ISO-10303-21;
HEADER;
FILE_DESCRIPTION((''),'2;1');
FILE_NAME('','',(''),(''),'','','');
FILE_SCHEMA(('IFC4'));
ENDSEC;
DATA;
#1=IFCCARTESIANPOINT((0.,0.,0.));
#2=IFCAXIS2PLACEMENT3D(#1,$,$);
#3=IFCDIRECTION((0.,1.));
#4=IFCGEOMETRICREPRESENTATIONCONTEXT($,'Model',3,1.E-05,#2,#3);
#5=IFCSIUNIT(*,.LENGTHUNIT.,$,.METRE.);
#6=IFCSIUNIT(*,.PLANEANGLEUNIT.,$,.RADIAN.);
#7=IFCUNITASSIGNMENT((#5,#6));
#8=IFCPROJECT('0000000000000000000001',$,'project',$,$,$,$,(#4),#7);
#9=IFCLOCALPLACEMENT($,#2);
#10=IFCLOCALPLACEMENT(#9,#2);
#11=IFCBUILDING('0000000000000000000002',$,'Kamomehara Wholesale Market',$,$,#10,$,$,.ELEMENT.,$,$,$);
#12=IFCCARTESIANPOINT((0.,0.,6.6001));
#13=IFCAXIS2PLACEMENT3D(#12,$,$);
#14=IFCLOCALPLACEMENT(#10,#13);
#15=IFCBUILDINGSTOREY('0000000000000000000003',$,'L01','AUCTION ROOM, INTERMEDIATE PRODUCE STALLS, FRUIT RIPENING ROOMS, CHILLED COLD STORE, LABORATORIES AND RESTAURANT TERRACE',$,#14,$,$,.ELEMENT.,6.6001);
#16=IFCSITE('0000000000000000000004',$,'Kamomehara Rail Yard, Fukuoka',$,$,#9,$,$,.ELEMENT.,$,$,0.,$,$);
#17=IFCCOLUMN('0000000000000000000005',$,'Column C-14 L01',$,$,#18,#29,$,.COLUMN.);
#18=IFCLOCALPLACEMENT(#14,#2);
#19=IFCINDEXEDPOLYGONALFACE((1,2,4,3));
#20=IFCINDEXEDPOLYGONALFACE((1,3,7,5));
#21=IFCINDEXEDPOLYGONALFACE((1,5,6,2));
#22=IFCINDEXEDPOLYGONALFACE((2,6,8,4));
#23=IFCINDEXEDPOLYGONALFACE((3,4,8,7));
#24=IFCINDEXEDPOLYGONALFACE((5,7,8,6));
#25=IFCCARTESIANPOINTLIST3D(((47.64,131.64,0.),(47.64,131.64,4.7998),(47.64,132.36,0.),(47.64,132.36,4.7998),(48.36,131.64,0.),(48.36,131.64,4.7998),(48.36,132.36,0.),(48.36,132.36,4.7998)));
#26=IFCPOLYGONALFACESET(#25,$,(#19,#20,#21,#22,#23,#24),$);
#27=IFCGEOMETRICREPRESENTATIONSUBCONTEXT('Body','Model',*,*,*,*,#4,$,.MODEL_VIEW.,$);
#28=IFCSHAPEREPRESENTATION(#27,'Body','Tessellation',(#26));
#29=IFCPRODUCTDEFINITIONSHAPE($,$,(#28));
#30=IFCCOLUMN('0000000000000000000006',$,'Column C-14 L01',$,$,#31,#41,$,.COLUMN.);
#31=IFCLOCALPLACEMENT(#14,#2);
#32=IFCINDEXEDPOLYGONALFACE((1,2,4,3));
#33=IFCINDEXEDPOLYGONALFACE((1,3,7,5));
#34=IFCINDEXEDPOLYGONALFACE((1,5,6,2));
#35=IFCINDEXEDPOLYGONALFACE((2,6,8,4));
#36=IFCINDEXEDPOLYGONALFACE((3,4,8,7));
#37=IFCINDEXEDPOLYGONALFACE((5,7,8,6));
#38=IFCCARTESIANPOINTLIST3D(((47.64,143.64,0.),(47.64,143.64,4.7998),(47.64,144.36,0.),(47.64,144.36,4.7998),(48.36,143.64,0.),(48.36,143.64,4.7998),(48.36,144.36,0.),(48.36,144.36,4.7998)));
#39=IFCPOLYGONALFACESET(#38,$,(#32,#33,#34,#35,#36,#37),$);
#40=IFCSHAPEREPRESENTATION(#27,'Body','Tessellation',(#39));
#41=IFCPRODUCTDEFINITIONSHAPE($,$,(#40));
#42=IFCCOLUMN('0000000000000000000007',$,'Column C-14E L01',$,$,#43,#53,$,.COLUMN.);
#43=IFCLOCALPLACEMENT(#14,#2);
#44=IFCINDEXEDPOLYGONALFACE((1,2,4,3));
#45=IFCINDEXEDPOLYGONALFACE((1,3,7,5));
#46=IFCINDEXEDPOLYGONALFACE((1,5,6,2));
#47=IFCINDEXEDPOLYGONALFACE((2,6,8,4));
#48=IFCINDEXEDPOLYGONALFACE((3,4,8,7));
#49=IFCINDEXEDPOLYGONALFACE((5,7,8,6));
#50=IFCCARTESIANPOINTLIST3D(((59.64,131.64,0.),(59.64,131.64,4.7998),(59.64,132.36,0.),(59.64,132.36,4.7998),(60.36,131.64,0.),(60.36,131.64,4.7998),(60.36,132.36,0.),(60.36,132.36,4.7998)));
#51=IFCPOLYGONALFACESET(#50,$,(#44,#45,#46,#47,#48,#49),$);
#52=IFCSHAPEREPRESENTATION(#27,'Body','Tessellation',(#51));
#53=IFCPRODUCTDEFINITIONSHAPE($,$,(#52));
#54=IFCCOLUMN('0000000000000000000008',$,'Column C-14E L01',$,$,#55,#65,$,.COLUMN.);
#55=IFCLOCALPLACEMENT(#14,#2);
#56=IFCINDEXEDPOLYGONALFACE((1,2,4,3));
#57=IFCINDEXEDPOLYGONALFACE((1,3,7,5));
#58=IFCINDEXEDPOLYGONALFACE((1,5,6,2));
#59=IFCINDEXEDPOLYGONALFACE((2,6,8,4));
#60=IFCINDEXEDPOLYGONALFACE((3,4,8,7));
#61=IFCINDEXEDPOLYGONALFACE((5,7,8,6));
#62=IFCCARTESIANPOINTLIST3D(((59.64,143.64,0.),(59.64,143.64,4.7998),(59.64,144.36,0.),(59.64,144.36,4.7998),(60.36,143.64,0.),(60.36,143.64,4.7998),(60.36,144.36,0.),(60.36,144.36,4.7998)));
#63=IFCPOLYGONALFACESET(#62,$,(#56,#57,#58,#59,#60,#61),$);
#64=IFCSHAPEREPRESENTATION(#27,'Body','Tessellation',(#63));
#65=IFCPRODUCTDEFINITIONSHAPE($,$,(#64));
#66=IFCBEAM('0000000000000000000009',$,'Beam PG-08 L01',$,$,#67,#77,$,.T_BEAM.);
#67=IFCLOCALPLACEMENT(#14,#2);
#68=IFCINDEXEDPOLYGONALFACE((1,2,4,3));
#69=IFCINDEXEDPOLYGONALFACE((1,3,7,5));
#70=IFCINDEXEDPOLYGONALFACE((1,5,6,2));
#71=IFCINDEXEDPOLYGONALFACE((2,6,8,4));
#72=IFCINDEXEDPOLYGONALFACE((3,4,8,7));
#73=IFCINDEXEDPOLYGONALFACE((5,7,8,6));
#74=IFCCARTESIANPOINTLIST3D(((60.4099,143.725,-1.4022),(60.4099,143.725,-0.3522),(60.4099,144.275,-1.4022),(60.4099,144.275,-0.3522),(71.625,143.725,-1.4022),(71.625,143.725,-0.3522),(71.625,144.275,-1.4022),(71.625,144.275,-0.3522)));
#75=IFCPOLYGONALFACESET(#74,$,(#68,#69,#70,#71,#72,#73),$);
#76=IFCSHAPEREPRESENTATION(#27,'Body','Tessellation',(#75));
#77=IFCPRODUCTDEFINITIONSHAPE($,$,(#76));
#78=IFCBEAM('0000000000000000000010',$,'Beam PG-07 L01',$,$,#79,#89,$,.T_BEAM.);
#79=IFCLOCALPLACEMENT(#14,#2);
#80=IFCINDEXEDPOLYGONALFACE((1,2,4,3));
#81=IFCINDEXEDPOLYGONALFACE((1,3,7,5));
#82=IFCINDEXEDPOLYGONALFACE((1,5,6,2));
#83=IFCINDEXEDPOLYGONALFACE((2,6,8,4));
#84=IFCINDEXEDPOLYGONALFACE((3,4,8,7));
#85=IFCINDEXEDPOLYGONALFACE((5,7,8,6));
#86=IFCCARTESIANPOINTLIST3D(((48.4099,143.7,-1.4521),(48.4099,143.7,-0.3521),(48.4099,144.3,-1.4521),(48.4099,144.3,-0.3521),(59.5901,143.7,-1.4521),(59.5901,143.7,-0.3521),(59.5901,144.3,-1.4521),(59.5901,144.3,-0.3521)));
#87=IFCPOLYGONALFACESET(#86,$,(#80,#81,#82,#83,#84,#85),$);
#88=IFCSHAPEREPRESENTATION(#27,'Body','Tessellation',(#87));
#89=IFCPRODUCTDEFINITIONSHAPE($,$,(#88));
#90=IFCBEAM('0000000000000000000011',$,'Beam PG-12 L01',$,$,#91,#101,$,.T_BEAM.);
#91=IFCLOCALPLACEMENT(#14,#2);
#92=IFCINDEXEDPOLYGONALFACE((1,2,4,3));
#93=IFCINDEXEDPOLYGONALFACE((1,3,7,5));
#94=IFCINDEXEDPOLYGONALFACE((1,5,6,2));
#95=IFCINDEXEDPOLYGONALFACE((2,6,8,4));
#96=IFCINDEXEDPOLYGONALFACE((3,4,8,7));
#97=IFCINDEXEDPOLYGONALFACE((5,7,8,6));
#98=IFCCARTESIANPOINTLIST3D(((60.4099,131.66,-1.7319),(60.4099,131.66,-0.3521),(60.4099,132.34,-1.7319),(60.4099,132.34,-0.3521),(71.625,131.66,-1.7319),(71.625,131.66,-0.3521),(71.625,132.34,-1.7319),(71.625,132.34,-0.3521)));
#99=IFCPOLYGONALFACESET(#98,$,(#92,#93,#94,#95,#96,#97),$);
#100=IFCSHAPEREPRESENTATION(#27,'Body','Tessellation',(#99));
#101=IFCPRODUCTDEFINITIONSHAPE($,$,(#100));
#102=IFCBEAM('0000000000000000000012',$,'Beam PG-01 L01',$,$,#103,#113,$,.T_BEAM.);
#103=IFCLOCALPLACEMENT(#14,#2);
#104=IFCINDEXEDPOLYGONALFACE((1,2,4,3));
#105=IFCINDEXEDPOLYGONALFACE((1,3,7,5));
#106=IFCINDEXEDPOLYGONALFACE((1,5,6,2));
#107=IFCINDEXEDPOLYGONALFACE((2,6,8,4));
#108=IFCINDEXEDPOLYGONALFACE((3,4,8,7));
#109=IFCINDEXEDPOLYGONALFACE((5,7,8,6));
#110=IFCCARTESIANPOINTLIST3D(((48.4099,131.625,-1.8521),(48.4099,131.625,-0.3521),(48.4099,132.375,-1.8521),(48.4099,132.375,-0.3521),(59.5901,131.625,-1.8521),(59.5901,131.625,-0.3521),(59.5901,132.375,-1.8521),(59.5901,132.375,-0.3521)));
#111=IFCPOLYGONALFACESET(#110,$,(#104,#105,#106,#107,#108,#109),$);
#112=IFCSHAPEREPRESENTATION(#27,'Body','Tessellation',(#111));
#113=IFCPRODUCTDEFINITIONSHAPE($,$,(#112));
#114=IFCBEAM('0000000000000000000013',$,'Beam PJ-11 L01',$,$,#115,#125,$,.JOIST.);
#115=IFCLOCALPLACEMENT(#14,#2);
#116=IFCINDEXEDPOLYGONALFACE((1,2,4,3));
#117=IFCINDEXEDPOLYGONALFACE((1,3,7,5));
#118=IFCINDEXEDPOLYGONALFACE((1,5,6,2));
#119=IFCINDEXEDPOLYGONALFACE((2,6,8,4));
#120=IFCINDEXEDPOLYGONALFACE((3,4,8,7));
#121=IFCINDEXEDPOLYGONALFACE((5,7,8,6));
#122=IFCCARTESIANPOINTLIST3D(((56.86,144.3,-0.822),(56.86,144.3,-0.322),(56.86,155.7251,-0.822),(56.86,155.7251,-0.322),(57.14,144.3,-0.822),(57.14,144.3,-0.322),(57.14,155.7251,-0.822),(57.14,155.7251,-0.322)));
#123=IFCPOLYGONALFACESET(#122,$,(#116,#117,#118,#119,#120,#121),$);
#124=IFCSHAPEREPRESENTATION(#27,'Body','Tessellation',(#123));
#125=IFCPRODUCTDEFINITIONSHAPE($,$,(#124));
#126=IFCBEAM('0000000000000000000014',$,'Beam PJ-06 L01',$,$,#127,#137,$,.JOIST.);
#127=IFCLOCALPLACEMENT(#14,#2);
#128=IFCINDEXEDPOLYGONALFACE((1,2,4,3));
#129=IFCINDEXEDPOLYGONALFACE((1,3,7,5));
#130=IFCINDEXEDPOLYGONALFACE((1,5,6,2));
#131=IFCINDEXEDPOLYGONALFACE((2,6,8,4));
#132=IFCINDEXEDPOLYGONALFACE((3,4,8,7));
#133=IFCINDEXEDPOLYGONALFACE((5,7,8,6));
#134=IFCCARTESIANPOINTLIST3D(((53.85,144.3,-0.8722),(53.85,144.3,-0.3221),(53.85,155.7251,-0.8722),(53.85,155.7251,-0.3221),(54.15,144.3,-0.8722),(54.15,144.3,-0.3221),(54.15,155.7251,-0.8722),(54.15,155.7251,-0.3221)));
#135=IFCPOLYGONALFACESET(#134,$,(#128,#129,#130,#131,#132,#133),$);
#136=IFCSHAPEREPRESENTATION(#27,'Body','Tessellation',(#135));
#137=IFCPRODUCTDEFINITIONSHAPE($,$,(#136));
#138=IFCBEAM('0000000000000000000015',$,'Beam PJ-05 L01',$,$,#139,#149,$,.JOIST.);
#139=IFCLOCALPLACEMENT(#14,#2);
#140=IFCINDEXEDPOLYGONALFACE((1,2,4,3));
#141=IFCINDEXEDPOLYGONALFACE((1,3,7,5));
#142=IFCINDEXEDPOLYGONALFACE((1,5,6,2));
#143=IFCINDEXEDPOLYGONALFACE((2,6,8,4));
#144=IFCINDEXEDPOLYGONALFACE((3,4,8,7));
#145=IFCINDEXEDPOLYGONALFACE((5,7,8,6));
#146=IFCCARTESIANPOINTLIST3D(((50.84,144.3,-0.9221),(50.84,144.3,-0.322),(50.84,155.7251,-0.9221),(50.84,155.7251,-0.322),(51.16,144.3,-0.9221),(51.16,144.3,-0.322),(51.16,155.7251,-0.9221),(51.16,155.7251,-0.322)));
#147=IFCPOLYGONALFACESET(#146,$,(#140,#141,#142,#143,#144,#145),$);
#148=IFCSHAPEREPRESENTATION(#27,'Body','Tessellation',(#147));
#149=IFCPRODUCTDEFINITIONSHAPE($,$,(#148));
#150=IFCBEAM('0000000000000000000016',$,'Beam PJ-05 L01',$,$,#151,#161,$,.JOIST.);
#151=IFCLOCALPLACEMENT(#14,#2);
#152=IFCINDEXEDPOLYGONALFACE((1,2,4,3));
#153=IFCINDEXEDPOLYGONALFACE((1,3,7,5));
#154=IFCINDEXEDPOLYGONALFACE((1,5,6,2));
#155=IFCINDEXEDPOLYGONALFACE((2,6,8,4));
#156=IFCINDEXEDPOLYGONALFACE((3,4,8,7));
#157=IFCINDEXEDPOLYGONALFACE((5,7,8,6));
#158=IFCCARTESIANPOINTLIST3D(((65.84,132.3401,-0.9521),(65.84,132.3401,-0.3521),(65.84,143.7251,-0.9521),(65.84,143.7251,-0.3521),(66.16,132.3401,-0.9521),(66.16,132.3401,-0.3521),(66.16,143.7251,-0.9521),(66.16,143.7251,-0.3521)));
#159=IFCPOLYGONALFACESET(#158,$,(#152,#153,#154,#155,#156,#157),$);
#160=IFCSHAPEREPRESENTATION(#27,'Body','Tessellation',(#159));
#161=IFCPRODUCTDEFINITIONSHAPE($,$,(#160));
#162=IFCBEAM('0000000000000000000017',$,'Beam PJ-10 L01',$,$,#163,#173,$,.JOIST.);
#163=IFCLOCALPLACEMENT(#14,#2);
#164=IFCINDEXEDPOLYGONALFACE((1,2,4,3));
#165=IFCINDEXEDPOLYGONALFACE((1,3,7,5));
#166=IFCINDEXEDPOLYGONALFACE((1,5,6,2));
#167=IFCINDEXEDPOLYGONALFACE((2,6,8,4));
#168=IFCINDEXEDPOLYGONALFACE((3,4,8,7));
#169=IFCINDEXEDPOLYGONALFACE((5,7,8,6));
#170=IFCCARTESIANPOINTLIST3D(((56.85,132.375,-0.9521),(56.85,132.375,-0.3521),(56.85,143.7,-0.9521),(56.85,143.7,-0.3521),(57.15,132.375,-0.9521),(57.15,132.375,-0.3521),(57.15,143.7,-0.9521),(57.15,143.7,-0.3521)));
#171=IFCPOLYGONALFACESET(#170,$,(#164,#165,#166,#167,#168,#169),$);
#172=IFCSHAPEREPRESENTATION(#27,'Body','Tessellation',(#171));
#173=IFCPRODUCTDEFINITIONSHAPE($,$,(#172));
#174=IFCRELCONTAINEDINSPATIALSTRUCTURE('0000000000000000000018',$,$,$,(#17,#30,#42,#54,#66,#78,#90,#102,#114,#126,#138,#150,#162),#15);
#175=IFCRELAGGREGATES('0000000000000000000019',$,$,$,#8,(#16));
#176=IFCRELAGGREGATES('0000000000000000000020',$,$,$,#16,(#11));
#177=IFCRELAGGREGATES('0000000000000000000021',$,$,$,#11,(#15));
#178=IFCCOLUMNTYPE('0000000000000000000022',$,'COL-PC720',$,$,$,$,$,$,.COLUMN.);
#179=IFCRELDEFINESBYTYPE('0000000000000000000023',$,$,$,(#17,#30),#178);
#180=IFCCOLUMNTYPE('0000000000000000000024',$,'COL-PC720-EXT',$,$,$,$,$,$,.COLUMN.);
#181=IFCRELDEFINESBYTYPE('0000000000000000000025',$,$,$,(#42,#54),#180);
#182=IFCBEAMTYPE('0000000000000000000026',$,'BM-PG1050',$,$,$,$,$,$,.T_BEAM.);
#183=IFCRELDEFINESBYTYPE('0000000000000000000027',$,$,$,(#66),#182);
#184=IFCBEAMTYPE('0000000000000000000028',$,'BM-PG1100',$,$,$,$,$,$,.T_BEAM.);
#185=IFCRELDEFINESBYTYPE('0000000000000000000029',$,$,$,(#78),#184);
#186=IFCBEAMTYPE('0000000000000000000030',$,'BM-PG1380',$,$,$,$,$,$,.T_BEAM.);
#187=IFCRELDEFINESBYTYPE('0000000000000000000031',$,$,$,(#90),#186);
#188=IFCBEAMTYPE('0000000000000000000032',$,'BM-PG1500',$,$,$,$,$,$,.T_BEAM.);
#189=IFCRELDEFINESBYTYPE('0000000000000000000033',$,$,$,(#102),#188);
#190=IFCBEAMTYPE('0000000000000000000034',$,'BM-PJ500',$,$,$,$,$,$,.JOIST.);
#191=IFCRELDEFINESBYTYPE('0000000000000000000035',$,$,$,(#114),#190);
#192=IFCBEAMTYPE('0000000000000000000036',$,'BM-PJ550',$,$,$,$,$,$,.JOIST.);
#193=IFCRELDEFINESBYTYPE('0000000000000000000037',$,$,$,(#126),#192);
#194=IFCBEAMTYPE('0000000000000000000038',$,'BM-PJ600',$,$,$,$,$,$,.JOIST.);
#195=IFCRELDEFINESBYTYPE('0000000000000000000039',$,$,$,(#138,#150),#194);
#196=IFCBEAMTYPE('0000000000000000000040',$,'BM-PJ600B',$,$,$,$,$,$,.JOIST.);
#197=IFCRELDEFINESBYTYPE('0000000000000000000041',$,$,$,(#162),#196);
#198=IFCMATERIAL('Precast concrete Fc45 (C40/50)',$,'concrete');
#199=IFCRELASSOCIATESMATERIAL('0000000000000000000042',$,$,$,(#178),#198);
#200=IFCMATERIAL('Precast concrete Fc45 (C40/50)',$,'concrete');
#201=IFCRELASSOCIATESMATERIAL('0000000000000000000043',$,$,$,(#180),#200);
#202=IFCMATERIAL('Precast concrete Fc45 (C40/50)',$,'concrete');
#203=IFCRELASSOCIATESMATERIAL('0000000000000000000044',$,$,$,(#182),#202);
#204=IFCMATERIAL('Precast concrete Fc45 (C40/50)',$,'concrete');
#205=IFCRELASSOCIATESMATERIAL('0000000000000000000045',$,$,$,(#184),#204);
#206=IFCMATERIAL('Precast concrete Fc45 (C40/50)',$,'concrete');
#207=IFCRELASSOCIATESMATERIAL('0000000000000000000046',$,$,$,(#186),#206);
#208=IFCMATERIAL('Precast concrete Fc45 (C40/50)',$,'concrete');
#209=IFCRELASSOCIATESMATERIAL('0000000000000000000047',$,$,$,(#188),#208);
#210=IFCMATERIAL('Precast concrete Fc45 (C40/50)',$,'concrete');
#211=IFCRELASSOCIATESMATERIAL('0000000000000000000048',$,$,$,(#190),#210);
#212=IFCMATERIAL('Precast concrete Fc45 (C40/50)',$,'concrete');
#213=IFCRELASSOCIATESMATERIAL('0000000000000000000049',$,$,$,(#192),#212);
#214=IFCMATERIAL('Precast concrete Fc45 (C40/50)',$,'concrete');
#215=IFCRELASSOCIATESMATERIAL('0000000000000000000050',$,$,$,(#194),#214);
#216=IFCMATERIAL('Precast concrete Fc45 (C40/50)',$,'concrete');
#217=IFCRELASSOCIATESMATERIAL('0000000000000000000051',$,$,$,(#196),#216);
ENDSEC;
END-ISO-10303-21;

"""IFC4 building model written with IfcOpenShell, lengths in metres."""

from ifc_helpers import new_model, si_unit, direction, frame, origin, origin_2d, place, context, subcontext, project, spatial, rectangle, extrude, material, material_profile, profile_set, type_object, element, save


model = new_model("IFC4")

# Units and contexts
model_context = context("Model", 3, precision=1e-05, world=origin(), true_north=direction((0.0, 1.0)))
body_context = subcontext(model_context, "Body", "Model", "MODEL_VIEW")
ifc_project = project(units=[si_unit("LENGTHUNIT", "METRE"), si_unit("PLANEANGLEUNIT", "RADIAN")], contexts=[model_context])

# Site, building, storey
site_placement = place(None, origin())
site = spatial("IfcSite", under=ifc_project, at=site_placement, Name="Kamomehara Rail Yard, Fukuoka", CompositionType="ELEMENT", RefElevation=0.0)
building_placement = place(site_placement, origin())
building = spatial("IfcBuilding", under=site, at=building_placement, Name="Kamomehara Wholesale Market", CompositionType="ELEMENT")
storey_placement = place(building_placement, frame((0.0, 0.0, 6.6001)))
storey = spatial("IfcBuildingStorey", under=building, at=storey_placement, Name="L01", Description="AUCTION ROOM, INTERMEDIATE PRODUCE STALLS, FRUIT RIPENING ROOMS, CHILLED COLD STORE, LABORATORIES AND RESTAURANT TERRACE", CompositionType="ELEMENT", Elevation=6.6001)

# Columns
ifc_material_1 = material(Name="Precast concrete Fc45 (C40/50)", Category="concrete")
ifc_material_profile_1 = material_profile(ifc_material_1, rectangle(XDim=0.72, YDim=0.72, at=origin_2d()), Name="PC-COL-720x720")
ifc_profile_set_1 = profile_set([ifc_material_profile_1], Name="Precast concrete Fc45 (C40/50)")
column_type_1 = type_object("IfcColumnType", Name="COL-PC720", PredefinedType="COLUMN", material=ifc_profile_set_1)
for number, where, z_axis, x_axis, name in (
    (1, (48.0, 132.0, 0.0), (0.0, 0.0, 1.0), (1.0, 0.0, 0.0), "Column C-14 L01"),
    (2, (48.0, 144.0, 0.0), (0.0, 0.0, 1.0), (1.0, 0.0, 0.0), "Column C-14 L01"),
):
    element("IfcColumn", number, at=place(storey_placement, frame(where, z_axis=z_axis, x_axis=x_axis)), inside=storey, type_object=column_type_1, Name=name, PredefinedType="COLUMN", context=body_context, shape_type="SweptSolid", body=[
        extrude(rectangle(XDim=0.72, YDim=0.72, at=origin_2d()), origin(), (0.0, 0.0, 1.0), 4.7998),
    ])
ifc_material_2 = material(Name="Precast concrete Fc45 (C40/50)", Category="concrete")
ifc_material_profile_2 = material_profile(ifc_material_2, rectangle(XDim=0.72, YDim=0.72, at=origin_2d()), Name="PC-COL-720x720")
ifc_profile_set_2 = profile_set([ifc_material_profile_2], Name="Precast concrete Fc45 (C40/50)")
column_type_2 = type_object("IfcColumnType", Name="COL-PC720-EXT", PredefinedType="COLUMN", material=ifc_profile_set_2)
for number, where, z_axis, x_axis, name in (
    (3, (60.0, 132.0, 0.0), (0.0, 0.0, 1.0), (1.0, 0.0, 0.0), "Column C-14E L01"),
    (4, (60.0, 144.0, 0.0), (0.0, 0.0, 1.0), (1.0, 0.0, 0.0), "Column C-14E L01"),
):
    element("IfcColumn", number, at=place(storey_placement, frame(where, z_axis=z_axis, x_axis=x_axis)), inside=storey, type_object=column_type_2, Name=name, PredefinedType="COLUMN", context=body_context, shape_type="SweptSolid", body=[
        extrude(rectangle(XDim=0.72, YDim=0.72, at=origin_2d()), origin(), (0.0, 0.0, 1.0), 4.7998),
    ])

# Beams
ifc_material_3 = material(Name="Precast concrete Fc45 (C40/50)", Category="concrete")
ifc_material_profile_3 = material_profile(ifc_material_3, rectangle(XDim=0.55, YDim=1.05, at=origin_2d()), Name="PC-GRD-550x1050")
ifc_profile_set_3 = profile_set([ifc_material_profile_3], Name="Precast concrete Fc45 (C40/50)")
beam_type_1 = type_object("IfcBeamType", Name="BM-PG1050", PredefinedType="T_BEAM", material=ifc_profile_set_3)
beam_1_placement = place(storey_placement, frame((60.4099, 144.0, -0.8772), z_axis=(1.0, 0.0, 0.0), x_axis=(0.0, 1.0, 0.0)))
element("IfcBeam", 5, at=beam_1_placement, inside=storey, type_object=beam_type_1, Name="Beam PG-08 L01", PredefinedType="T_BEAM", context=body_context, shape_type="SweptSolid", body=[
    extrude(rectangle(XDim=0.55, YDim=1.05, at=origin_2d()), origin(), (0.0, 0.0, 1.0), 11.2151),
])
ifc_material_4 = material(Name="Precast concrete Fc45 (C40/50)", Category="concrete")
ifc_material_profile_4 = material_profile(ifc_material_4, rectangle(XDim=0.6001, YDim=1.1001, at=origin_2d()), Name="PC-GRD-600x1100")
ifc_profile_set_4 = profile_set([ifc_material_profile_4], Name="Precast concrete Fc45 (C40/50)")
beam_type_2 = type_object("IfcBeamType", Name="BM-PG1100", PredefinedType="T_BEAM", material=ifc_profile_set_4)
beam_2_placement = place(storey_placement, frame((48.4099, 144.0, -0.9021), z_axis=(1.0, 0.0, 0.0), x_axis=(0.0, 1.0, 0.0)))
element("IfcBeam", 6, at=beam_2_placement, inside=storey, type_object=beam_type_2, Name="Beam PG-07 L01", PredefinedType="T_BEAM", context=body_context, shape_type="SweptSolid", body=[
    extrude(rectangle(XDim=0.6001, YDim=1.1001, at=origin_2d()), origin(), (0.0, 0.0, 1.0), 11.1802),
])
ifc_material_5 = material(Name="Precast concrete Fc45 (C40/50)", Category="concrete")
ifc_material_profile_5 = material_profile(ifc_material_5, rectangle(XDim=0.6799, YDim=1.3799, at=origin_2d()), Name="PC-GRD-680x1380")
ifc_profile_set_5 = profile_set([ifc_material_profile_5], Name="Precast concrete Fc45 (C40/50)")
beam_type_3 = type_object("IfcBeamType", Name="BM-PG1380", PredefinedType="T_BEAM", material=ifc_profile_set_5)
beam_3_placement = place(storey_placement, frame((60.4099, 132.0, -1.042), z_axis=(1.0, 0.0, 0.0), x_axis=(0.0, 1.0, 0.0)))
element("IfcBeam", 7, at=beam_3_placement, inside=storey, type_object=beam_type_3, Name="Beam PG-12 L01", PredefinedType="T_BEAM", context=body_context, shape_type="SweptSolid", body=[
    extrude(rectangle(XDim=0.6799, YDim=1.3799, at=origin_2d()), origin(), (0.0, 0.0, 1.0), 11.2151),
])
ifc_material_6 = material(Name="Precast concrete Fc45 (C40/50)", Category="concrete")
ifc_material_profile_6 = material_profile(ifc_material_6, rectangle(XDim=0.75, YDim=1.5, at=origin_2d()), Name="PC-GRD-750x1500")
ifc_profile_set_6 = profile_set([ifc_material_profile_6], Name="Precast concrete Fc45 (C40/50)")
beam_type_4 = type_object("IfcBeamType", Name="BM-PG1500", PredefinedType="T_BEAM", material=ifc_profile_set_6)
beam_4_placement = place(storey_placement, frame((48.4099, 132.0, -1.1021), z_axis=(1.0, 0.0, 0.0), x_axis=(0.0, 1.0, 0.0)))
element("IfcBeam", 8, at=beam_4_placement, inside=storey, type_object=beam_type_4, Name="Beam PG-01 L01", PredefinedType="T_BEAM", context=body_context, shape_type="SweptSolid", body=[
    extrude(rectangle(XDim=0.75, YDim=1.5, at=origin_2d()), origin(), (0.0, 0.0, 1.0), 11.1802),
])
ifc_material_7 = material(Name="Precast concrete Fc45 (C40/50)", Category="concrete")
ifc_material_profile_7 = material_profile(ifc_material_7, rectangle(XDim=0.28, YDim=0.5, at=origin_2d()), Name="PC-JST-280x500")
ifc_profile_set_7 = profile_set([ifc_material_profile_7], Name="Precast concrete Fc45 (C40/50)")
beam_type_5 = type_object("IfcBeamType", Name="BM-PJ500", PredefinedType="JOIST", material=ifc_profile_set_7)
beam_5_placement = place(storey_placement, frame((57.0, 144.3, -0.572), z_axis=(0.0, 1.0, 0.0), x_axis=(-1.0, 0.0, 0.0)))
element("IfcBeam", 9, at=beam_5_placement, inside=storey, type_object=beam_type_5, Name="Beam PJ-11 L01", PredefinedType="JOIST", context=body_context, shape_type="SweptSolid", body=[
    extrude(rectangle(XDim=0.28, YDim=0.5, at=origin_2d()), origin(), (0.0, 0.0, 1.0), 11.425),
])
ifc_material_8 = material(Name="Precast concrete Fc45 (C40/50)", Category="concrete")
ifc_material_profile_8 = material_profile(ifc_material_8, rectangle(XDim=0.3, YDim=0.55, at=origin_2d()), Name="PC-JST-300x550")
ifc_profile_set_8 = profile_set([ifc_material_profile_8], Name="Precast concrete Fc45 (C40/50)")
beam_type_6 = type_object("IfcBeamType", Name="BM-PJ550", PredefinedType="JOIST", material=ifc_profile_set_8)
beam_6_placement = place(storey_placement, frame((54.0, 144.3, -0.5972), z_axis=(0.0, 1.0, 0.0), x_axis=(-1.0, 0.0, 0.0)))
element("IfcBeam", 10, at=beam_6_placement, inside=storey, type_object=beam_type_6, Name="Beam PJ-06 L01", PredefinedType="JOIST", context=body_context, shape_type="SweptSolid", body=[
    extrude(rectangle(XDim=0.3, YDim=0.55, at=origin_2d()), origin(), (0.0, 0.0, 1.0), 11.425),
])
ifc_material_9 = material(Name="Precast concrete Fc45 (C40/50)", Category="concrete")
ifc_material_profile_9 = material_profile(ifc_material_9, rectangle(XDim=0.3201, YDim=0.6001, at=origin_2d()), Name="PC-JST-320x600")
ifc_profile_set_9 = profile_set([ifc_material_profile_9], Name="Precast concrete Fc45 (C40/50)")
beam_type_7 = type_object("IfcBeamType", Name="BM-PJ600", PredefinedType="JOIST", material=ifc_profile_set_9)
beam_7_placement = place(storey_placement, frame((51.0, 144.3, -0.6221), z_axis=(0.0, 1.0, 0.0), x_axis=(-1.0, 0.0, 0.0)))
element("IfcBeam", 11, at=beam_7_placement, inside=storey, type_object=beam_type_7, Name="Beam PJ-05 L01", PredefinedType="JOIST", context=body_context, shape_type="SweptSolid", body=[
    extrude(rectangle(XDim=0.3201, YDim=0.6001, at=origin_2d()), origin(), (0.0, 0.0, 1.0), 11.425),
])
beam_8_placement = place(storey_placement, frame((66.0, 132.3401, -0.6521), z_axis=(0.0, 1.0, 0.0), x_axis=(-1.0, 0.0, 0.0)))
element("IfcBeam", 12, at=beam_8_placement, inside=storey, type_object=beam_type_7, Name="Beam PJ-05 L01", PredefinedType="JOIST", context=body_context, shape_type="SweptSolid", body=[
    extrude(rectangle(XDim=0.3201, YDim=0.6001, at=origin_2d()), origin(), (0.0, 0.0, 1.0), 11.385),
])
ifc_material_10 = material(Name="Precast concrete Fc45 (C40/50)", Category="concrete")
ifc_material_profile_10 = material_profile(ifc_material_10, rectangle(XDim=0.3, YDim=0.6001, at=origin_2d()), Name="PC-JST-300x600")
ifc_profile_set_10 = profile_set([ifc_material_profile_10], Name="Precast concrete Fc45 (C40/50)")
beam_type_8 = type_object("IfcBeamType", Name="BM-PJ600B", PredefinedType="JOIST", material=ifc_profile_set_10)
beam_9_placement = place(storey_placement, frame((57.0, 132.375, -0.6521), z_axis=(0.0, 1.0, 0.0), x_axis=(-1.0, 0.0, 0.0)))
element("IfcBeam", 13, at=beam_9_placement, inside=storey, type_object=beam_type_8, Name="Beam PJ-10 L01", PredefinedType="JOIST", context=body_context, shape_type="SweptSolid", body=[
    extrude(rectangle(XDim=0.3, YDim=0.6001, at=origin_2d()), origin(), (0.0, 0.0, 1.0), 11.325),
])

save(model, "model.ifc")
